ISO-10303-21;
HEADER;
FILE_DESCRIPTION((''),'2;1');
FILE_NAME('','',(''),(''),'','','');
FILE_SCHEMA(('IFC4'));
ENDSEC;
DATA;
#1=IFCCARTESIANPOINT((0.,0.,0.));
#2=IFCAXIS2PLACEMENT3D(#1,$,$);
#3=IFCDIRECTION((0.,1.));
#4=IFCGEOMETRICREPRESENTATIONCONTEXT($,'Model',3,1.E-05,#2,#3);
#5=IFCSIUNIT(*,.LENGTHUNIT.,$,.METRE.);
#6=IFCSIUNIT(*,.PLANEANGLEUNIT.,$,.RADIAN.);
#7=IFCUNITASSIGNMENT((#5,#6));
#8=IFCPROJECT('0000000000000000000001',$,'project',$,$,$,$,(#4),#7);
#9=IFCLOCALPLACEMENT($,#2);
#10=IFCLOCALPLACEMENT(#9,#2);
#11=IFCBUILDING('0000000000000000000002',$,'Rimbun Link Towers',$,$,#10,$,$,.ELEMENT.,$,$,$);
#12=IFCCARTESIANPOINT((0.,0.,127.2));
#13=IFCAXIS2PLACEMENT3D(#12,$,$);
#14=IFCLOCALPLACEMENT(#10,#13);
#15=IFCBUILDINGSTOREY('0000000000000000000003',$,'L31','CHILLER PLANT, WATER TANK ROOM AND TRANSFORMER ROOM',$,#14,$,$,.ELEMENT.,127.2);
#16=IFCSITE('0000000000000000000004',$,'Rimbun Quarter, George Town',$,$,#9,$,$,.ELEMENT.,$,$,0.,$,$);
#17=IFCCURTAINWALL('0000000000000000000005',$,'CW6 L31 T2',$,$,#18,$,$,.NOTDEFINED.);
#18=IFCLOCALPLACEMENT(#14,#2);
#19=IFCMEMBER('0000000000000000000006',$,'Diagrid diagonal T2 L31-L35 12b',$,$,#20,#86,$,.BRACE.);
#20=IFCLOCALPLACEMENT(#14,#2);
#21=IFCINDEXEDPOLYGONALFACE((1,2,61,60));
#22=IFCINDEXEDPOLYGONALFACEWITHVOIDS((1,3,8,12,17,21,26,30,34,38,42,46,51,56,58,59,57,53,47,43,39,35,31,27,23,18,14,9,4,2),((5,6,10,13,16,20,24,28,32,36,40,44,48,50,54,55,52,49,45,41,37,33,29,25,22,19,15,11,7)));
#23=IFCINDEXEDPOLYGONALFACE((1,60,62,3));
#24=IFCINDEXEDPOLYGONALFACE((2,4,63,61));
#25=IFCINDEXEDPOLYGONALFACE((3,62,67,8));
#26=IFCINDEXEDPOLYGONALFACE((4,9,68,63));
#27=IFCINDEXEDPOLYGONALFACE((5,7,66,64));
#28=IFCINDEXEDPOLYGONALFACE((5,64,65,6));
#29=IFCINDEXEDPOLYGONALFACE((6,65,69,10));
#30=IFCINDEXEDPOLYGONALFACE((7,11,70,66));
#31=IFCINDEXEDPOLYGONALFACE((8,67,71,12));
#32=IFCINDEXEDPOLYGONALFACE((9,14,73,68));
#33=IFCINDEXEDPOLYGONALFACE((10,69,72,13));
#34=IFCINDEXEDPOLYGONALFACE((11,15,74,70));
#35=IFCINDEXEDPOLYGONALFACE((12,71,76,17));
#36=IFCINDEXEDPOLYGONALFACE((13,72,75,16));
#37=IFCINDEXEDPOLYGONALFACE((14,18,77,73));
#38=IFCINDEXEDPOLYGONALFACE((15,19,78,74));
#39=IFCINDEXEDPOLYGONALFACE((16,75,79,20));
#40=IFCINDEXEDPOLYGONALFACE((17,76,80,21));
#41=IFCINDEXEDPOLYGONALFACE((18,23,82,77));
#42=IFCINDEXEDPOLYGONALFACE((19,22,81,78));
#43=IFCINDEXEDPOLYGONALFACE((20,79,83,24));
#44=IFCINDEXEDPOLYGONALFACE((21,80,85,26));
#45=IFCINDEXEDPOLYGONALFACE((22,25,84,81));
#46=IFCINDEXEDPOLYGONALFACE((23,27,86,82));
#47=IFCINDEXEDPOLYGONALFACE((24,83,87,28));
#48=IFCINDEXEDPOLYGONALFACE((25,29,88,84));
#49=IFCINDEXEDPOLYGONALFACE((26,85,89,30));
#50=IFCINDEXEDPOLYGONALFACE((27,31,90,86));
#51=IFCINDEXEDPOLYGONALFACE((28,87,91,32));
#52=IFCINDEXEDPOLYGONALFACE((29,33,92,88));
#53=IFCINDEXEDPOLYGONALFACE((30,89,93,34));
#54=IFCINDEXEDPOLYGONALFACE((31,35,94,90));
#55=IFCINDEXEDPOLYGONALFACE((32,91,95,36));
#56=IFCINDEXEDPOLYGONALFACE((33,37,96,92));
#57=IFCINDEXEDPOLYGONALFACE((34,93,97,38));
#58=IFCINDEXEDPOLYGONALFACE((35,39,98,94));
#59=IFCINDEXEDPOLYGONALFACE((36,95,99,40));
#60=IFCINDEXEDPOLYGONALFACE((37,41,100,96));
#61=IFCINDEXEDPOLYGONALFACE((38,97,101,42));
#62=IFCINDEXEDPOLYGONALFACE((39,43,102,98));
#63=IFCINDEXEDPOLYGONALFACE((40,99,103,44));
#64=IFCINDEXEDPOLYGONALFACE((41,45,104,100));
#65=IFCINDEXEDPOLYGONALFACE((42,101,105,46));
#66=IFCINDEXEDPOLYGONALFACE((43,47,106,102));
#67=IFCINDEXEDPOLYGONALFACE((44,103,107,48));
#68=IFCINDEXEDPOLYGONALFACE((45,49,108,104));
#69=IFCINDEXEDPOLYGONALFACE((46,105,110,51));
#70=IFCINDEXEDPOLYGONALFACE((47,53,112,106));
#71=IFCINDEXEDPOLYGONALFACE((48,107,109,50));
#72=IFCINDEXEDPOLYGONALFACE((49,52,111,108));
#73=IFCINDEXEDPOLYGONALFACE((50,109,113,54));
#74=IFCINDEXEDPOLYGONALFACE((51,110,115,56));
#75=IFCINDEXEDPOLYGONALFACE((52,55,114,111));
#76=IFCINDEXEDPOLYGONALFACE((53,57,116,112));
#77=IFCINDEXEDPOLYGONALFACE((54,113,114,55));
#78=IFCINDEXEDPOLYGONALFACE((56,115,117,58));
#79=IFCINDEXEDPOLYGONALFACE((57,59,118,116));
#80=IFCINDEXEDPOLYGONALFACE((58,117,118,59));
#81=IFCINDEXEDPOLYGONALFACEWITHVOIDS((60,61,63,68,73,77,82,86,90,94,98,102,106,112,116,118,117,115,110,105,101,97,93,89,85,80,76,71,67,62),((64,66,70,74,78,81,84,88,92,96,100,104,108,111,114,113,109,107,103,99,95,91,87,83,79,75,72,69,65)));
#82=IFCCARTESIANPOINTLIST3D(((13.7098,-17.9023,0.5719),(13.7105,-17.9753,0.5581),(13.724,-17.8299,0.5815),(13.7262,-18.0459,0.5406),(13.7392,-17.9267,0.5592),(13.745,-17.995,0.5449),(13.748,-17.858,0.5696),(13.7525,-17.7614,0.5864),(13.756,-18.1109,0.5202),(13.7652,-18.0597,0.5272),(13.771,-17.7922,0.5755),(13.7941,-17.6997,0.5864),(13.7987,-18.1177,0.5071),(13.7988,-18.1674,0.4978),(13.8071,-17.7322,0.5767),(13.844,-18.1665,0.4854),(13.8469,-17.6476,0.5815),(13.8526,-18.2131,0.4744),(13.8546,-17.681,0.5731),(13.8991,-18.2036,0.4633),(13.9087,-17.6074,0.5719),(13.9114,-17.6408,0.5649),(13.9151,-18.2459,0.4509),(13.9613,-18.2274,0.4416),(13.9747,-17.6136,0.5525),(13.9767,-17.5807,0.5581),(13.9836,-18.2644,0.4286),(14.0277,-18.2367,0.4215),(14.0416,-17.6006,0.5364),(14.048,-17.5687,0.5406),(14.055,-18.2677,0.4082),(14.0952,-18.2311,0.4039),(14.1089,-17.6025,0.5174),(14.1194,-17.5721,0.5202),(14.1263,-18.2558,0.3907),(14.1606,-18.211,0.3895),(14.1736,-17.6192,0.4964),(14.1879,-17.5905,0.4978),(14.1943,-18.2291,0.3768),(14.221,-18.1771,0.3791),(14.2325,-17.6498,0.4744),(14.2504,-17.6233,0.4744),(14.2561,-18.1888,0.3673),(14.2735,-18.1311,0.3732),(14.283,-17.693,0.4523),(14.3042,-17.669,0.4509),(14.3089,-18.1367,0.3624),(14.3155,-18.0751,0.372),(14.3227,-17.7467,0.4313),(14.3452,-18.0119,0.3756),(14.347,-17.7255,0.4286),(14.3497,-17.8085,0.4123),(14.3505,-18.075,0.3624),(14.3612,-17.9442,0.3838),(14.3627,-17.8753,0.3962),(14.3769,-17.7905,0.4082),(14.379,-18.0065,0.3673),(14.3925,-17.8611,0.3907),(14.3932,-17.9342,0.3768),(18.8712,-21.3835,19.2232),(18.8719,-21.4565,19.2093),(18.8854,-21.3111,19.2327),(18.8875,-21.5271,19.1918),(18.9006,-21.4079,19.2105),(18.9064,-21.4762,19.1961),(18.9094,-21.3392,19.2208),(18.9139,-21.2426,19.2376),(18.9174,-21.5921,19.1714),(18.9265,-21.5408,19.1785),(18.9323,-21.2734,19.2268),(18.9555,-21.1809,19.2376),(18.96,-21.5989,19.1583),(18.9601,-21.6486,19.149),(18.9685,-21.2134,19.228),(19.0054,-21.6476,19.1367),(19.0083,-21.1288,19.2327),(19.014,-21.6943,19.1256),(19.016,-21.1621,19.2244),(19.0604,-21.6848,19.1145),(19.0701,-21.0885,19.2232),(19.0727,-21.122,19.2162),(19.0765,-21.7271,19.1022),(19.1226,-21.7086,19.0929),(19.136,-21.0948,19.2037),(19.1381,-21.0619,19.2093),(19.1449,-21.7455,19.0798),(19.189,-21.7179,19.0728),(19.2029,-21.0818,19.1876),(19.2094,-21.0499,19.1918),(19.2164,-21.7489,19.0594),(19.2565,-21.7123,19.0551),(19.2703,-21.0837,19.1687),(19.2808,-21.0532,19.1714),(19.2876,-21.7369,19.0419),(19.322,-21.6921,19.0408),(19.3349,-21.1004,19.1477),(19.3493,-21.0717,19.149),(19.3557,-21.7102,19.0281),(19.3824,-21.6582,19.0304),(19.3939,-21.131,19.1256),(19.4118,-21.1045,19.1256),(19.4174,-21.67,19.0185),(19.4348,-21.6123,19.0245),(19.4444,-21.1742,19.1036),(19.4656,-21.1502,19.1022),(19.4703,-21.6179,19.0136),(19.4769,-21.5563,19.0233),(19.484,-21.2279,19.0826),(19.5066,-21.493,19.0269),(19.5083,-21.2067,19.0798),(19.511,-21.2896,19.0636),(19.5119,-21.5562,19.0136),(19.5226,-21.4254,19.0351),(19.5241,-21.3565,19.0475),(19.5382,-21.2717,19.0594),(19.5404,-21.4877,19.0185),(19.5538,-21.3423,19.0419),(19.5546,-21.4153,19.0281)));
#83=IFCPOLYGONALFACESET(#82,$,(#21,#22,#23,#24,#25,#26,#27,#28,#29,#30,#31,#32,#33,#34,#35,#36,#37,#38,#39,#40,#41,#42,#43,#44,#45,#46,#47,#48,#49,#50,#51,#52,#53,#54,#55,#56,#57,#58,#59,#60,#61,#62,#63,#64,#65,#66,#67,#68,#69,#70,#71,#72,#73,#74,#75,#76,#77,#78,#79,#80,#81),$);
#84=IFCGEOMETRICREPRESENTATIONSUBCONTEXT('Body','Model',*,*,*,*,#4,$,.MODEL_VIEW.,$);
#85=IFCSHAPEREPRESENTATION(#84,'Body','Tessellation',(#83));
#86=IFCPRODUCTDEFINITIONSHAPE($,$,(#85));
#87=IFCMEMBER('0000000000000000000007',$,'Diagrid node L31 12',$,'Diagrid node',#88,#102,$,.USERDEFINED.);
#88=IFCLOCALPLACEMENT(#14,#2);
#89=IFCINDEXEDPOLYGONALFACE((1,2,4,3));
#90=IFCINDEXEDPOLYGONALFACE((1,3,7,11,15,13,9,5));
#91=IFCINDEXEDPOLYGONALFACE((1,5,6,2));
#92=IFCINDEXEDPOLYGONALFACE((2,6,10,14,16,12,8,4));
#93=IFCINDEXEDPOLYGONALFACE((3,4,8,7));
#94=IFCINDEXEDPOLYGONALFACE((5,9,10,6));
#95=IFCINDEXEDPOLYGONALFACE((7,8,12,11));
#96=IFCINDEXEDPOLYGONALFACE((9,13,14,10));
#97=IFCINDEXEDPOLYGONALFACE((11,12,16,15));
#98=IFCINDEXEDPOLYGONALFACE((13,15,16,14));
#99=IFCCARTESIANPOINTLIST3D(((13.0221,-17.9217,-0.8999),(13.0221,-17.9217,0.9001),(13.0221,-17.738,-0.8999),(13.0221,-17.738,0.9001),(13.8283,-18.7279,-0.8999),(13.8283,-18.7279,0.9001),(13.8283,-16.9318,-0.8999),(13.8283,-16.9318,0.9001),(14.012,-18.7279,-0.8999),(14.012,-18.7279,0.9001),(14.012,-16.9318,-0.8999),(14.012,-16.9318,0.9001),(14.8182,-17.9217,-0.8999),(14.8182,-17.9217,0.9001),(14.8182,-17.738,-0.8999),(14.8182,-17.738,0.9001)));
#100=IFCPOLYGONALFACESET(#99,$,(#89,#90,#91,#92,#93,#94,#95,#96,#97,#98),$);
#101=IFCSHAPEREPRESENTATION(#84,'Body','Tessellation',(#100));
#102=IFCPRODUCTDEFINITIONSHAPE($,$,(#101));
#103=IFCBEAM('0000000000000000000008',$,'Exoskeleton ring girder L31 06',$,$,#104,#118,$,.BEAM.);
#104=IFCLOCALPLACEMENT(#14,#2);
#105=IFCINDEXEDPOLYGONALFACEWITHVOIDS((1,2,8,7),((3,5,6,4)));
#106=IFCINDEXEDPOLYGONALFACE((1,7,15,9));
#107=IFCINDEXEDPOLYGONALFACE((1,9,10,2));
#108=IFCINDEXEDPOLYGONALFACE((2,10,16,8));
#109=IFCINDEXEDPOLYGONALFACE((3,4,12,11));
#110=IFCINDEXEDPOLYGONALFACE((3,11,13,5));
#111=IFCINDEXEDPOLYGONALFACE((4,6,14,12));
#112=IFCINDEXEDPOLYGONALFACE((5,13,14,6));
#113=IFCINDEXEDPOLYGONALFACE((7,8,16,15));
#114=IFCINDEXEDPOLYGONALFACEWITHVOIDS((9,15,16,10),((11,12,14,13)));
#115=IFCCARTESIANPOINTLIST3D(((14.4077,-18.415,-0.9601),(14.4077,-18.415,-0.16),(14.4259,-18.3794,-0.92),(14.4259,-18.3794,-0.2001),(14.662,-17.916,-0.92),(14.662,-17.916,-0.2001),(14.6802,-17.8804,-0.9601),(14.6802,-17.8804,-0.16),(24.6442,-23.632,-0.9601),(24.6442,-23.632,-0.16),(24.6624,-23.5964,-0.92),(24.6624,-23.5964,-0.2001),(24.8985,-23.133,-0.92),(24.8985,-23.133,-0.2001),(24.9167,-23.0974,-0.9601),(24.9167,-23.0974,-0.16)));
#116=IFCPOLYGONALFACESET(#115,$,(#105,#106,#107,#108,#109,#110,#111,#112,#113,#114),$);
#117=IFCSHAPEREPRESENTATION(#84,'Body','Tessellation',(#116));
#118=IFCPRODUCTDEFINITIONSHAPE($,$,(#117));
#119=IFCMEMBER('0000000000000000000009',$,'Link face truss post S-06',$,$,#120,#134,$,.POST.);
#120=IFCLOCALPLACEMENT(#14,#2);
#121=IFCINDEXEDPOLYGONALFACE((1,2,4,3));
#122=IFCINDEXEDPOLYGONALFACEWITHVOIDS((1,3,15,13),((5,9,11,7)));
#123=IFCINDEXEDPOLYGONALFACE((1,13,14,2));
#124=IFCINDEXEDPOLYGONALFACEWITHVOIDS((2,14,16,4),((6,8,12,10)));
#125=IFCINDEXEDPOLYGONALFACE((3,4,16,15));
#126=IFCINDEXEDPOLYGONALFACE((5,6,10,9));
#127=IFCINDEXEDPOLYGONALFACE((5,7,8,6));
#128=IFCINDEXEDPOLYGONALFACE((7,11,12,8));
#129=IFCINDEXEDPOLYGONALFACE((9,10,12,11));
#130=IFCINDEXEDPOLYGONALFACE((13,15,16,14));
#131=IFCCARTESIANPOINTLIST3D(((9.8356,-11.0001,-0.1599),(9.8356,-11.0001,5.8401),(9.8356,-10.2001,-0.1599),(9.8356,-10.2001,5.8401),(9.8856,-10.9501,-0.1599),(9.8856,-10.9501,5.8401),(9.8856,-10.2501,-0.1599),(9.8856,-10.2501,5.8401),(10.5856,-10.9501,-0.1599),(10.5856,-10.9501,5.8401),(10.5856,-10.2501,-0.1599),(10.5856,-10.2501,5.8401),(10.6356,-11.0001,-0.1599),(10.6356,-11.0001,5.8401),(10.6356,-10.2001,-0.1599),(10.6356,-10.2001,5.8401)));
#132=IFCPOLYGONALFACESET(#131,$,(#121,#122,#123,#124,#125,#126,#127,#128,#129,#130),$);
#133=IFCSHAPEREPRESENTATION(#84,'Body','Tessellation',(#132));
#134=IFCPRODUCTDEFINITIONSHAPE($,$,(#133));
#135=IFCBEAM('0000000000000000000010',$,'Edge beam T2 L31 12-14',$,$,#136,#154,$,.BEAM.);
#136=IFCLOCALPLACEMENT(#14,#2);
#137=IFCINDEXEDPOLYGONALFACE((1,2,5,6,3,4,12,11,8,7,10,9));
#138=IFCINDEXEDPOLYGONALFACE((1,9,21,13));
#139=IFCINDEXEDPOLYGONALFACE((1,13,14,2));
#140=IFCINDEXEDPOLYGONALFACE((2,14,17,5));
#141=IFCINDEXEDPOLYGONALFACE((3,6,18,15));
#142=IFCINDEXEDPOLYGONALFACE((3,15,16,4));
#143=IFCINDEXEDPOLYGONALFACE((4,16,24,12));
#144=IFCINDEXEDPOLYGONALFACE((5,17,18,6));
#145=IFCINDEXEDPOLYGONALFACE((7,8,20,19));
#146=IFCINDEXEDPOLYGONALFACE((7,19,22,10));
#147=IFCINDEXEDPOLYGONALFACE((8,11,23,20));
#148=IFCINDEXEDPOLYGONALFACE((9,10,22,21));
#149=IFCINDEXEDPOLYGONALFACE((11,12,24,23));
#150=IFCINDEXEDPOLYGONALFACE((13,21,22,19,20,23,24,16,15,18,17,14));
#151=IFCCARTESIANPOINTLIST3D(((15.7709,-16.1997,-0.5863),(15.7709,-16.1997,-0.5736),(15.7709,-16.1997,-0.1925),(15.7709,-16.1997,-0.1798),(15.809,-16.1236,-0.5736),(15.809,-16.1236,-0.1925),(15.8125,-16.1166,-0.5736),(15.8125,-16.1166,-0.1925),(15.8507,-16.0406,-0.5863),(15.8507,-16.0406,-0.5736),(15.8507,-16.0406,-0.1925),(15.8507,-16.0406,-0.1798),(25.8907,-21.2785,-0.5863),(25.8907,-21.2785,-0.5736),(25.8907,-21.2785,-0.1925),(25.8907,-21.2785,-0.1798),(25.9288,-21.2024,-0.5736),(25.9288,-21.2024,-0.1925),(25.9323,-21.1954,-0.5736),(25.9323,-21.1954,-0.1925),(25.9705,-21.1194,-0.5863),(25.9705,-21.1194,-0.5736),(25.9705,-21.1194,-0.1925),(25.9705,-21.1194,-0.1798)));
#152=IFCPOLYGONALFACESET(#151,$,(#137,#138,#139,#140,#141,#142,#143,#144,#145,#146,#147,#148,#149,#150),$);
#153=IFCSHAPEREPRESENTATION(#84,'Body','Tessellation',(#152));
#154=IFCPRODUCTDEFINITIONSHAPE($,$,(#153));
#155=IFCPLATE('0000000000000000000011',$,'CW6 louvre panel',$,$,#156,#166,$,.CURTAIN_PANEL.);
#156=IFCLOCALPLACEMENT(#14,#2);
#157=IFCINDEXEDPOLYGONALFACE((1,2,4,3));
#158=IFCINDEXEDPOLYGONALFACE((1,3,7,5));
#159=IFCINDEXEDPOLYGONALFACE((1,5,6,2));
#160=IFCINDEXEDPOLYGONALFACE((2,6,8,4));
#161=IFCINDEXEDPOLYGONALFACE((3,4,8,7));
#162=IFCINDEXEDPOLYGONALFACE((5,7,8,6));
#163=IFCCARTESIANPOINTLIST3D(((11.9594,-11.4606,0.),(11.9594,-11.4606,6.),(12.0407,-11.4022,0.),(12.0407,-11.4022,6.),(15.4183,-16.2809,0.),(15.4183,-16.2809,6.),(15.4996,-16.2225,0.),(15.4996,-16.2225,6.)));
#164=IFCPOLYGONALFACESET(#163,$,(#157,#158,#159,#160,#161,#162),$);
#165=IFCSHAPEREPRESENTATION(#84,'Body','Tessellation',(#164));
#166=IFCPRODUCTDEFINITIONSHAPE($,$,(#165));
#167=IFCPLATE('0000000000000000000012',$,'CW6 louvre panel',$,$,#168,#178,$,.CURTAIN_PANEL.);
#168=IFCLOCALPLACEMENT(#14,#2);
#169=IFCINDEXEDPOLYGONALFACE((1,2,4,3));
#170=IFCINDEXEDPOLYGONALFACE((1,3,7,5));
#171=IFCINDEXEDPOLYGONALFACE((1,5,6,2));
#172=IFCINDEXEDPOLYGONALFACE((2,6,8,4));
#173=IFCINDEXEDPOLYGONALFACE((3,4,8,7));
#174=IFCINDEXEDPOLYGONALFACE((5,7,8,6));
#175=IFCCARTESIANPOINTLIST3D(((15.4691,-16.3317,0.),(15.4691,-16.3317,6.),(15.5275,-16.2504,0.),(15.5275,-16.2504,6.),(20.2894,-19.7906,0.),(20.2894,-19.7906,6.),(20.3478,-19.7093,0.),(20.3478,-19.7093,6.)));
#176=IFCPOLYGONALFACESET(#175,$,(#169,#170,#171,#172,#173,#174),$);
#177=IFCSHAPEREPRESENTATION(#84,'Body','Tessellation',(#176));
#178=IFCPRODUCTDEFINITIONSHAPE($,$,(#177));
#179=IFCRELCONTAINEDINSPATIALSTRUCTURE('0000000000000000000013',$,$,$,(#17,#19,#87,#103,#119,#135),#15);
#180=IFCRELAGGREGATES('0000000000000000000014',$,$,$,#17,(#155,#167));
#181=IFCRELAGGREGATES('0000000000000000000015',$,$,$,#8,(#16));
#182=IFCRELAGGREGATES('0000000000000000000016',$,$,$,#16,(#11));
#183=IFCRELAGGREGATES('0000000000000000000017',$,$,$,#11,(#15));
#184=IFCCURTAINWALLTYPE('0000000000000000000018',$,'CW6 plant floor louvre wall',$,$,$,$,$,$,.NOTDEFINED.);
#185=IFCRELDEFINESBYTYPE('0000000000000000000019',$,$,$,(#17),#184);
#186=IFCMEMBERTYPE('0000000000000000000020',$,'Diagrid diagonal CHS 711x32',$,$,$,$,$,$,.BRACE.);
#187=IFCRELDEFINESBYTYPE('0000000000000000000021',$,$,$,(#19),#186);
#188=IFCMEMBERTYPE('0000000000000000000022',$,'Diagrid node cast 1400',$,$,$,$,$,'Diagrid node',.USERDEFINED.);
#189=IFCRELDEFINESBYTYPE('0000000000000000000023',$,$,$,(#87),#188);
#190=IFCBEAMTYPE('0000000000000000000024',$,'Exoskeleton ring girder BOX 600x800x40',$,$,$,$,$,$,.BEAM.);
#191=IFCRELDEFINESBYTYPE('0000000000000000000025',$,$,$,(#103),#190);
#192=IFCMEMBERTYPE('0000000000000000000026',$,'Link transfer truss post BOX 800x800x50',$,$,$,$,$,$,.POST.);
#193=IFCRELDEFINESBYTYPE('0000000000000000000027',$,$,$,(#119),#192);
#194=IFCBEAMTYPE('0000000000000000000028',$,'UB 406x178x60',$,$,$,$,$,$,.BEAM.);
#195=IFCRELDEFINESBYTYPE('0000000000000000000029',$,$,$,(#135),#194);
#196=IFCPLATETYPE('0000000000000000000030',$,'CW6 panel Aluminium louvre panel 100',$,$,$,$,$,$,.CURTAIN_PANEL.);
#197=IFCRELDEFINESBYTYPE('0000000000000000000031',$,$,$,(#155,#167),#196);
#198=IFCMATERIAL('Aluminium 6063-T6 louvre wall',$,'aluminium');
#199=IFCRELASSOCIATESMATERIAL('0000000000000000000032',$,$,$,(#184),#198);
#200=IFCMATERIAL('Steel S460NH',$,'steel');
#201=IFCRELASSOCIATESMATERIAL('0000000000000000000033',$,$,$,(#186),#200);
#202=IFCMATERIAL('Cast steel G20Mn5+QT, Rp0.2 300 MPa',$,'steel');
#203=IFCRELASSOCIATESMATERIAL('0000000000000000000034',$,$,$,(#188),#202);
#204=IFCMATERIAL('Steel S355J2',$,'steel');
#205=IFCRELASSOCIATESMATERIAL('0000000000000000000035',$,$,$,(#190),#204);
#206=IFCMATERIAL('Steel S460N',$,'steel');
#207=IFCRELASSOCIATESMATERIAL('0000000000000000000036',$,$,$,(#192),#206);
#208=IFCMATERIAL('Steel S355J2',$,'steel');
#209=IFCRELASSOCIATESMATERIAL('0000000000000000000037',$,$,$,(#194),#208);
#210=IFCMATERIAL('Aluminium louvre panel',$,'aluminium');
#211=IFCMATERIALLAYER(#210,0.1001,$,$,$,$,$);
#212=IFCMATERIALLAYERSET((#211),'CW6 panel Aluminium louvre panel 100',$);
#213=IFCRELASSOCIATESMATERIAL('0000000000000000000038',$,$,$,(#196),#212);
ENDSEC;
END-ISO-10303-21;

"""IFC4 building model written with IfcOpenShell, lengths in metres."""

from ifc_helpers import new_model, si_unit, direction, frame, origin, origin_2d, place, context, subcontext, project, spatial, polyline, rectangle, hollow_rectangle, hollow_circle, i_section, outline, extrude, material, layer, layer_set, material_profile, profile_set, type_object, element, aggregate, save


model = new_model("IFC4")

# Units and contexts
model_context = context("Model", 3, precision=1e-05, world=origin(), true_north=direction((0.0, 1.0)))
body_context = subcontext(model_context, "Body", "Model", "MODEL_VIEW")
ifc_project = project(units=[si_unit("LENGTHUNIT", "METRE"), si_unit("PLANEANGLEUNIT", "RADIAN")], contexts=[model_context])

# Site, building, storey
site_placement = place(None, origin())
site = spatial("IfcSite", under=ifc_project, at=site_placement, Name="Rimbun Quarter, George Town", CompositionType="ELEMENT", RefElevation=0.0)
building_placement = place(site_placement, origin())
building = spatial("IfcBuilding", under=site, at=building_placement, Name="Rimbun Link Towers", CompositionType="ELEMENT")
storey_placement = place(building_placement, frame((0.0, 0.0, 127.2)))
storey = spatial("IfcBuildingStorey", under=building, at=storey_placement, Name="L31", Description="CHILLER PLANT, WATER TANK ROOM AND TRANSFORMER ROOM", CompositionType="ELEMENT", Elevation=127.2)

# Curtain wall
ifc_material_1 = material(Name="Aluminium 6063-T6 louvre wall", Category="aluminium")
curtain_wall_type = type_object("IfcCurtainWallType", Name="CW6 plant floor louvre wall", PredefinedType="NOTDEFINED", material=ifc_material_1)
curtain_wall_placement = place(storey_placement, origin())
curtain_wall = element("IfcCurtainWall", 1, at=curtain_wall_placement, inside=storey, type_object=curtain_wall_type, Name="CW6 L31 T2", PredefinedType="NOTDEFINED")

# Members
ifc_material_2 = material(Name="Steel S460NH", Category="steel")
ifc_material_profile_1 = material_profile(ifc_material_2, hollow_circle(Radius=0.3557, WallThickness=0.032, at=origin_2d()), Name="Diagrid diagonal CHS 711x32")
ifc_profile_set_1 = profile_set([ifc_material_profile_1], Name="Steel S460NH")
member_type_1 = type_object("IfcMemberType", Name="Diagrid diagonal CHS 711x32", PredefinedType="BRACE", material=ifc_profile_set_1)
for number, where, z_axis, x_axis, name in (
    (2, (14.0515, -17.9182, 0.4744), (0.262492, -0.177044, 0.948553), (0.559172, 0.829052, 0.0), "Diagrid diagonal T2 L31-L35 12b"),
):
    element("IfcMember", number, at=place(storey_placement, frame(where, z_axis=z_axis, x_axis=x_axis)), inside=storey, type_object=member_type_1, Name=name, PredefinedType="BRACE", context=body_context, shape_type="SweptSolid", body=[
        extrude(hollow_circle(Radius=0.3557, WallThickness=0.032, at=origin_2d()), origin(), (0.0, 0.0, 1.0), 19.6628),
    ])
ifc_material_3 = material(Name="Cast steel G20Mn5+QT, Rp0.2 300 MPa", Category="steel")
ifc_material_profile_2 = material_profile(ifc_material_3, outline(polyline([(0.7, -0.5701), (0.7, 0.5701), (0.5701, 0.7), (-0.5701, 0.7), (-0.7, 0.5701), (-0.7, -0.5701), (-0.5701, -0.7), (0.5701, -0.7), (0.7, -0.5701)])), Name="NODE 1400x1400")
ifc_profile_set_2 = profile_set([ifc_material_profile_2], Name="Cast steel G20Mn5+QT, Rp0.2 300 MPa")
member_type_2 = type_object("IfcMemberType", Name="Diagrid node cast 1400", ElementType="Diagrid node", PredefinedType="USERDEFINED", material=ifc_profile_set_2)
member_1_placement = place(storey_placement, frame((13.9202, -17.8298, -0.8999), z_axis=(0.0, 0.0, 1.0), x_axis=(-0.707107, -0.707107, 0.0)))
element("IfcMember", 3, at=member_1_placement, inside=storey, type_object=member_type_2, Name="Diagrid node L31 12", ObjectType="Diagrid node", PredefinedType="USERDEFINED", context=body_context, shape_type="SweptSolid", body=[
    extrude(outline(polyline([(0.7, -0.5701), (0.7, 0.5701), (0.5701, 0.7), (-0.5701, 0.7), (-0.7, 0.5701), (-0.7, -0.5701), (-0.5701, -0.7), (0.5701, -0.7), (0.7, -0.5701)])), origin(), (0.0, 0.0, 1.0), 1.8),
])

# Beam
ifc_material_4 = material(Name="Steel S355J2", Category="steel")
ifc_material_profile_3 = material_profile(ifc_material_4, hollow_rectangle(XDim=0.6001, YDim=0.8, WallThickness=0.04, at=origin_2d()), Name="Exoskeleton ring girder BOX 600x800x40")
ifc_profile_set_3 = profile_set([ifc_material_profile_3], Name="Steel S355J2")
beam_type_1 = type_object("IfcBeamType", Name="Exoskeleton ring girder BOX 600x800x40", PredefinedType="BEAM", material=ifc_profile_set_3)
beam_1_placement = place(storey_placement, frame((14.5439, -18.1477, -0.5601), z_axis=(0.890963, -0.454077, 0.0), x_axis=(0.454077, 0.890963, 0.0)))
element("IfcBeam", 4, at=beam_1_placement, inside=storey, type_object=beam_type_1, Name="Exoskeleton ring girder L31 06", PredefinedType="BEAM", context=body_context, shape_type="SweptSolid", body=[
    extrude(hollow_rectangle(XDim=0.6001, YDim=0.8, WallThickness=0.04, at=origin_2d()), origin(), (0.0, 0.0, 1.0), 11.4893),
])

# Member
ifc_material_5 = material(Name="Steel S460N", Category="steel")
ifc_material_profile_4 = material_profile(ifc_material_5, hollow_rectangle(XDim=0.8, YDim=0.8, WallThickness=0.05, at=origin_2d()), Name="Link transfer truss post BOX 800x800x50")
ifc_profile_set_4 = profile_set([ifc_material_profile_4], Name="Steel S460N")
member_type_3 = type_object("IfcMemberType", Name="Link transfer truss post BOX 800x800x50", PredefinedType="POST", material=ifc_profile_set_4)
member_2_placement = place(storey_placement, frame((10.2356, -10.6001, -0.1599), z_axis=(0.0, 0.0, 1.0), x_axis=(1.0, 0.0, 0.0)))
element("IfcMember", 5, at=member_2_placement, inside=storey, type_object=member_type_3, Name="Link face truss post S-06", PredefinedType="POST", context=body_context, shape_type="SweptSolid", body=[
    extrude(hollow_rectangle(XDim=0.8, YDim=0.8, WallThickness=0.05, at=origin_2d()), origin(), (0.0, 0.0, 1.0), 6.0),
])

# Beam
ifc_material_6 = material(Name="Steel S355J2", Category="steel")
ifc_material_profile_5 = material_profile(ifc_material_6, i_section(OverallWidth=0.178, OverallDepth=0.4065, WebThickness=0.0078, FlangeThickness=0.0127, at=origin_2d()), Name="UB 406x178x60")
ifc_profile_set_5 = profile_set([ifc_material_profile_5], Name="Steel S355J2")
beam_type_2 = type_object("IfcBeamType", Name="UB 406x178x60", PredefinedType="BEAM", material=ifc_profile_set_5)
beam_2_placement = place(storey_placement, frame((15.8108, -16.1201, -0.3831), z_axis=(0.893758, -0.44855, 0.0), x_axis=(0.44855, 0.893758, 0.0)))
element("IfcBeam", 6, at=beam_2_placement, inside=storey, type_object=beam_type_2, Name="Edge beam T2 L31 12-14", PredefinedType="BEAM", context=body_context, shape_type="SweptSolid", body=[
    extrude(i_section(OverallWidth=0.178, OverallDepth=0.4065, WebThickness=0.0078, FlangeThickness=0.0127, at=origin_2d()), origin(), (0.0, 0.0, 1.0), 11.3228),
])

# Plates
ifc_material_7 = material(Name="Aluminium louvre panel", Category="aluminium")
ifc_layer_1 = layer(ifc_material_7, 0.1001)
ifc_layer_set_1 = layer_set([ifc_layer_1], Name="CW6 panel Aluminium louvre panel 100")
plate_type = type_object("IfcPlateType", Name="CW6 panel Aluminium louvre panel 100", PredefinedType="CURTAIN_PANEL", material=ifc_layer_set_1)
plate_1_placement = place(storey_placement, frame((13.7295, -13.8416, 0.0), z_axis=(0.0, 0.0, 1.0), x_axis=(-0.583001, 0.812471, 0.0)))
plate_1 = element("IfcPlate", 7, at=plate_1_placement, type_object=plate_type, Name="CW6 louvre panel", PredefinedType="CURTAIN_PANEL", context=body_context, shape_type="SweptSolid", body=[
    extrude(rectangle(XDim=5.9329, YDim=0.1001, at=origin_2d()), origin(), (0.0, 0.0, 1.0), 6.0),
])
plate_2_placement = place(storey_placement, frame((17.9084, -18.0205, 0.0), z_axis=(0.0, 0.0, 1.0), x_axis=(-0.812471, 0.583001, 0.0)))
plate_2 = element("IfcPlate", 8, at=plate_2_placement, type_object=plate_type, Name="CW6 louvre panel", PredefinedType="CURTAIN_PANEL", context=body_context, shape_type="SweptSolid", body=[
    extrude(rectangle(XDim=5.9329, YDim=0.1001, at=origin_2d()), origin(), (0.0, 0.0, 1.0), 6.0),
])
aggregate(curtain_wall, [plate_1, plate_2])

save(model, "model.ifc")
